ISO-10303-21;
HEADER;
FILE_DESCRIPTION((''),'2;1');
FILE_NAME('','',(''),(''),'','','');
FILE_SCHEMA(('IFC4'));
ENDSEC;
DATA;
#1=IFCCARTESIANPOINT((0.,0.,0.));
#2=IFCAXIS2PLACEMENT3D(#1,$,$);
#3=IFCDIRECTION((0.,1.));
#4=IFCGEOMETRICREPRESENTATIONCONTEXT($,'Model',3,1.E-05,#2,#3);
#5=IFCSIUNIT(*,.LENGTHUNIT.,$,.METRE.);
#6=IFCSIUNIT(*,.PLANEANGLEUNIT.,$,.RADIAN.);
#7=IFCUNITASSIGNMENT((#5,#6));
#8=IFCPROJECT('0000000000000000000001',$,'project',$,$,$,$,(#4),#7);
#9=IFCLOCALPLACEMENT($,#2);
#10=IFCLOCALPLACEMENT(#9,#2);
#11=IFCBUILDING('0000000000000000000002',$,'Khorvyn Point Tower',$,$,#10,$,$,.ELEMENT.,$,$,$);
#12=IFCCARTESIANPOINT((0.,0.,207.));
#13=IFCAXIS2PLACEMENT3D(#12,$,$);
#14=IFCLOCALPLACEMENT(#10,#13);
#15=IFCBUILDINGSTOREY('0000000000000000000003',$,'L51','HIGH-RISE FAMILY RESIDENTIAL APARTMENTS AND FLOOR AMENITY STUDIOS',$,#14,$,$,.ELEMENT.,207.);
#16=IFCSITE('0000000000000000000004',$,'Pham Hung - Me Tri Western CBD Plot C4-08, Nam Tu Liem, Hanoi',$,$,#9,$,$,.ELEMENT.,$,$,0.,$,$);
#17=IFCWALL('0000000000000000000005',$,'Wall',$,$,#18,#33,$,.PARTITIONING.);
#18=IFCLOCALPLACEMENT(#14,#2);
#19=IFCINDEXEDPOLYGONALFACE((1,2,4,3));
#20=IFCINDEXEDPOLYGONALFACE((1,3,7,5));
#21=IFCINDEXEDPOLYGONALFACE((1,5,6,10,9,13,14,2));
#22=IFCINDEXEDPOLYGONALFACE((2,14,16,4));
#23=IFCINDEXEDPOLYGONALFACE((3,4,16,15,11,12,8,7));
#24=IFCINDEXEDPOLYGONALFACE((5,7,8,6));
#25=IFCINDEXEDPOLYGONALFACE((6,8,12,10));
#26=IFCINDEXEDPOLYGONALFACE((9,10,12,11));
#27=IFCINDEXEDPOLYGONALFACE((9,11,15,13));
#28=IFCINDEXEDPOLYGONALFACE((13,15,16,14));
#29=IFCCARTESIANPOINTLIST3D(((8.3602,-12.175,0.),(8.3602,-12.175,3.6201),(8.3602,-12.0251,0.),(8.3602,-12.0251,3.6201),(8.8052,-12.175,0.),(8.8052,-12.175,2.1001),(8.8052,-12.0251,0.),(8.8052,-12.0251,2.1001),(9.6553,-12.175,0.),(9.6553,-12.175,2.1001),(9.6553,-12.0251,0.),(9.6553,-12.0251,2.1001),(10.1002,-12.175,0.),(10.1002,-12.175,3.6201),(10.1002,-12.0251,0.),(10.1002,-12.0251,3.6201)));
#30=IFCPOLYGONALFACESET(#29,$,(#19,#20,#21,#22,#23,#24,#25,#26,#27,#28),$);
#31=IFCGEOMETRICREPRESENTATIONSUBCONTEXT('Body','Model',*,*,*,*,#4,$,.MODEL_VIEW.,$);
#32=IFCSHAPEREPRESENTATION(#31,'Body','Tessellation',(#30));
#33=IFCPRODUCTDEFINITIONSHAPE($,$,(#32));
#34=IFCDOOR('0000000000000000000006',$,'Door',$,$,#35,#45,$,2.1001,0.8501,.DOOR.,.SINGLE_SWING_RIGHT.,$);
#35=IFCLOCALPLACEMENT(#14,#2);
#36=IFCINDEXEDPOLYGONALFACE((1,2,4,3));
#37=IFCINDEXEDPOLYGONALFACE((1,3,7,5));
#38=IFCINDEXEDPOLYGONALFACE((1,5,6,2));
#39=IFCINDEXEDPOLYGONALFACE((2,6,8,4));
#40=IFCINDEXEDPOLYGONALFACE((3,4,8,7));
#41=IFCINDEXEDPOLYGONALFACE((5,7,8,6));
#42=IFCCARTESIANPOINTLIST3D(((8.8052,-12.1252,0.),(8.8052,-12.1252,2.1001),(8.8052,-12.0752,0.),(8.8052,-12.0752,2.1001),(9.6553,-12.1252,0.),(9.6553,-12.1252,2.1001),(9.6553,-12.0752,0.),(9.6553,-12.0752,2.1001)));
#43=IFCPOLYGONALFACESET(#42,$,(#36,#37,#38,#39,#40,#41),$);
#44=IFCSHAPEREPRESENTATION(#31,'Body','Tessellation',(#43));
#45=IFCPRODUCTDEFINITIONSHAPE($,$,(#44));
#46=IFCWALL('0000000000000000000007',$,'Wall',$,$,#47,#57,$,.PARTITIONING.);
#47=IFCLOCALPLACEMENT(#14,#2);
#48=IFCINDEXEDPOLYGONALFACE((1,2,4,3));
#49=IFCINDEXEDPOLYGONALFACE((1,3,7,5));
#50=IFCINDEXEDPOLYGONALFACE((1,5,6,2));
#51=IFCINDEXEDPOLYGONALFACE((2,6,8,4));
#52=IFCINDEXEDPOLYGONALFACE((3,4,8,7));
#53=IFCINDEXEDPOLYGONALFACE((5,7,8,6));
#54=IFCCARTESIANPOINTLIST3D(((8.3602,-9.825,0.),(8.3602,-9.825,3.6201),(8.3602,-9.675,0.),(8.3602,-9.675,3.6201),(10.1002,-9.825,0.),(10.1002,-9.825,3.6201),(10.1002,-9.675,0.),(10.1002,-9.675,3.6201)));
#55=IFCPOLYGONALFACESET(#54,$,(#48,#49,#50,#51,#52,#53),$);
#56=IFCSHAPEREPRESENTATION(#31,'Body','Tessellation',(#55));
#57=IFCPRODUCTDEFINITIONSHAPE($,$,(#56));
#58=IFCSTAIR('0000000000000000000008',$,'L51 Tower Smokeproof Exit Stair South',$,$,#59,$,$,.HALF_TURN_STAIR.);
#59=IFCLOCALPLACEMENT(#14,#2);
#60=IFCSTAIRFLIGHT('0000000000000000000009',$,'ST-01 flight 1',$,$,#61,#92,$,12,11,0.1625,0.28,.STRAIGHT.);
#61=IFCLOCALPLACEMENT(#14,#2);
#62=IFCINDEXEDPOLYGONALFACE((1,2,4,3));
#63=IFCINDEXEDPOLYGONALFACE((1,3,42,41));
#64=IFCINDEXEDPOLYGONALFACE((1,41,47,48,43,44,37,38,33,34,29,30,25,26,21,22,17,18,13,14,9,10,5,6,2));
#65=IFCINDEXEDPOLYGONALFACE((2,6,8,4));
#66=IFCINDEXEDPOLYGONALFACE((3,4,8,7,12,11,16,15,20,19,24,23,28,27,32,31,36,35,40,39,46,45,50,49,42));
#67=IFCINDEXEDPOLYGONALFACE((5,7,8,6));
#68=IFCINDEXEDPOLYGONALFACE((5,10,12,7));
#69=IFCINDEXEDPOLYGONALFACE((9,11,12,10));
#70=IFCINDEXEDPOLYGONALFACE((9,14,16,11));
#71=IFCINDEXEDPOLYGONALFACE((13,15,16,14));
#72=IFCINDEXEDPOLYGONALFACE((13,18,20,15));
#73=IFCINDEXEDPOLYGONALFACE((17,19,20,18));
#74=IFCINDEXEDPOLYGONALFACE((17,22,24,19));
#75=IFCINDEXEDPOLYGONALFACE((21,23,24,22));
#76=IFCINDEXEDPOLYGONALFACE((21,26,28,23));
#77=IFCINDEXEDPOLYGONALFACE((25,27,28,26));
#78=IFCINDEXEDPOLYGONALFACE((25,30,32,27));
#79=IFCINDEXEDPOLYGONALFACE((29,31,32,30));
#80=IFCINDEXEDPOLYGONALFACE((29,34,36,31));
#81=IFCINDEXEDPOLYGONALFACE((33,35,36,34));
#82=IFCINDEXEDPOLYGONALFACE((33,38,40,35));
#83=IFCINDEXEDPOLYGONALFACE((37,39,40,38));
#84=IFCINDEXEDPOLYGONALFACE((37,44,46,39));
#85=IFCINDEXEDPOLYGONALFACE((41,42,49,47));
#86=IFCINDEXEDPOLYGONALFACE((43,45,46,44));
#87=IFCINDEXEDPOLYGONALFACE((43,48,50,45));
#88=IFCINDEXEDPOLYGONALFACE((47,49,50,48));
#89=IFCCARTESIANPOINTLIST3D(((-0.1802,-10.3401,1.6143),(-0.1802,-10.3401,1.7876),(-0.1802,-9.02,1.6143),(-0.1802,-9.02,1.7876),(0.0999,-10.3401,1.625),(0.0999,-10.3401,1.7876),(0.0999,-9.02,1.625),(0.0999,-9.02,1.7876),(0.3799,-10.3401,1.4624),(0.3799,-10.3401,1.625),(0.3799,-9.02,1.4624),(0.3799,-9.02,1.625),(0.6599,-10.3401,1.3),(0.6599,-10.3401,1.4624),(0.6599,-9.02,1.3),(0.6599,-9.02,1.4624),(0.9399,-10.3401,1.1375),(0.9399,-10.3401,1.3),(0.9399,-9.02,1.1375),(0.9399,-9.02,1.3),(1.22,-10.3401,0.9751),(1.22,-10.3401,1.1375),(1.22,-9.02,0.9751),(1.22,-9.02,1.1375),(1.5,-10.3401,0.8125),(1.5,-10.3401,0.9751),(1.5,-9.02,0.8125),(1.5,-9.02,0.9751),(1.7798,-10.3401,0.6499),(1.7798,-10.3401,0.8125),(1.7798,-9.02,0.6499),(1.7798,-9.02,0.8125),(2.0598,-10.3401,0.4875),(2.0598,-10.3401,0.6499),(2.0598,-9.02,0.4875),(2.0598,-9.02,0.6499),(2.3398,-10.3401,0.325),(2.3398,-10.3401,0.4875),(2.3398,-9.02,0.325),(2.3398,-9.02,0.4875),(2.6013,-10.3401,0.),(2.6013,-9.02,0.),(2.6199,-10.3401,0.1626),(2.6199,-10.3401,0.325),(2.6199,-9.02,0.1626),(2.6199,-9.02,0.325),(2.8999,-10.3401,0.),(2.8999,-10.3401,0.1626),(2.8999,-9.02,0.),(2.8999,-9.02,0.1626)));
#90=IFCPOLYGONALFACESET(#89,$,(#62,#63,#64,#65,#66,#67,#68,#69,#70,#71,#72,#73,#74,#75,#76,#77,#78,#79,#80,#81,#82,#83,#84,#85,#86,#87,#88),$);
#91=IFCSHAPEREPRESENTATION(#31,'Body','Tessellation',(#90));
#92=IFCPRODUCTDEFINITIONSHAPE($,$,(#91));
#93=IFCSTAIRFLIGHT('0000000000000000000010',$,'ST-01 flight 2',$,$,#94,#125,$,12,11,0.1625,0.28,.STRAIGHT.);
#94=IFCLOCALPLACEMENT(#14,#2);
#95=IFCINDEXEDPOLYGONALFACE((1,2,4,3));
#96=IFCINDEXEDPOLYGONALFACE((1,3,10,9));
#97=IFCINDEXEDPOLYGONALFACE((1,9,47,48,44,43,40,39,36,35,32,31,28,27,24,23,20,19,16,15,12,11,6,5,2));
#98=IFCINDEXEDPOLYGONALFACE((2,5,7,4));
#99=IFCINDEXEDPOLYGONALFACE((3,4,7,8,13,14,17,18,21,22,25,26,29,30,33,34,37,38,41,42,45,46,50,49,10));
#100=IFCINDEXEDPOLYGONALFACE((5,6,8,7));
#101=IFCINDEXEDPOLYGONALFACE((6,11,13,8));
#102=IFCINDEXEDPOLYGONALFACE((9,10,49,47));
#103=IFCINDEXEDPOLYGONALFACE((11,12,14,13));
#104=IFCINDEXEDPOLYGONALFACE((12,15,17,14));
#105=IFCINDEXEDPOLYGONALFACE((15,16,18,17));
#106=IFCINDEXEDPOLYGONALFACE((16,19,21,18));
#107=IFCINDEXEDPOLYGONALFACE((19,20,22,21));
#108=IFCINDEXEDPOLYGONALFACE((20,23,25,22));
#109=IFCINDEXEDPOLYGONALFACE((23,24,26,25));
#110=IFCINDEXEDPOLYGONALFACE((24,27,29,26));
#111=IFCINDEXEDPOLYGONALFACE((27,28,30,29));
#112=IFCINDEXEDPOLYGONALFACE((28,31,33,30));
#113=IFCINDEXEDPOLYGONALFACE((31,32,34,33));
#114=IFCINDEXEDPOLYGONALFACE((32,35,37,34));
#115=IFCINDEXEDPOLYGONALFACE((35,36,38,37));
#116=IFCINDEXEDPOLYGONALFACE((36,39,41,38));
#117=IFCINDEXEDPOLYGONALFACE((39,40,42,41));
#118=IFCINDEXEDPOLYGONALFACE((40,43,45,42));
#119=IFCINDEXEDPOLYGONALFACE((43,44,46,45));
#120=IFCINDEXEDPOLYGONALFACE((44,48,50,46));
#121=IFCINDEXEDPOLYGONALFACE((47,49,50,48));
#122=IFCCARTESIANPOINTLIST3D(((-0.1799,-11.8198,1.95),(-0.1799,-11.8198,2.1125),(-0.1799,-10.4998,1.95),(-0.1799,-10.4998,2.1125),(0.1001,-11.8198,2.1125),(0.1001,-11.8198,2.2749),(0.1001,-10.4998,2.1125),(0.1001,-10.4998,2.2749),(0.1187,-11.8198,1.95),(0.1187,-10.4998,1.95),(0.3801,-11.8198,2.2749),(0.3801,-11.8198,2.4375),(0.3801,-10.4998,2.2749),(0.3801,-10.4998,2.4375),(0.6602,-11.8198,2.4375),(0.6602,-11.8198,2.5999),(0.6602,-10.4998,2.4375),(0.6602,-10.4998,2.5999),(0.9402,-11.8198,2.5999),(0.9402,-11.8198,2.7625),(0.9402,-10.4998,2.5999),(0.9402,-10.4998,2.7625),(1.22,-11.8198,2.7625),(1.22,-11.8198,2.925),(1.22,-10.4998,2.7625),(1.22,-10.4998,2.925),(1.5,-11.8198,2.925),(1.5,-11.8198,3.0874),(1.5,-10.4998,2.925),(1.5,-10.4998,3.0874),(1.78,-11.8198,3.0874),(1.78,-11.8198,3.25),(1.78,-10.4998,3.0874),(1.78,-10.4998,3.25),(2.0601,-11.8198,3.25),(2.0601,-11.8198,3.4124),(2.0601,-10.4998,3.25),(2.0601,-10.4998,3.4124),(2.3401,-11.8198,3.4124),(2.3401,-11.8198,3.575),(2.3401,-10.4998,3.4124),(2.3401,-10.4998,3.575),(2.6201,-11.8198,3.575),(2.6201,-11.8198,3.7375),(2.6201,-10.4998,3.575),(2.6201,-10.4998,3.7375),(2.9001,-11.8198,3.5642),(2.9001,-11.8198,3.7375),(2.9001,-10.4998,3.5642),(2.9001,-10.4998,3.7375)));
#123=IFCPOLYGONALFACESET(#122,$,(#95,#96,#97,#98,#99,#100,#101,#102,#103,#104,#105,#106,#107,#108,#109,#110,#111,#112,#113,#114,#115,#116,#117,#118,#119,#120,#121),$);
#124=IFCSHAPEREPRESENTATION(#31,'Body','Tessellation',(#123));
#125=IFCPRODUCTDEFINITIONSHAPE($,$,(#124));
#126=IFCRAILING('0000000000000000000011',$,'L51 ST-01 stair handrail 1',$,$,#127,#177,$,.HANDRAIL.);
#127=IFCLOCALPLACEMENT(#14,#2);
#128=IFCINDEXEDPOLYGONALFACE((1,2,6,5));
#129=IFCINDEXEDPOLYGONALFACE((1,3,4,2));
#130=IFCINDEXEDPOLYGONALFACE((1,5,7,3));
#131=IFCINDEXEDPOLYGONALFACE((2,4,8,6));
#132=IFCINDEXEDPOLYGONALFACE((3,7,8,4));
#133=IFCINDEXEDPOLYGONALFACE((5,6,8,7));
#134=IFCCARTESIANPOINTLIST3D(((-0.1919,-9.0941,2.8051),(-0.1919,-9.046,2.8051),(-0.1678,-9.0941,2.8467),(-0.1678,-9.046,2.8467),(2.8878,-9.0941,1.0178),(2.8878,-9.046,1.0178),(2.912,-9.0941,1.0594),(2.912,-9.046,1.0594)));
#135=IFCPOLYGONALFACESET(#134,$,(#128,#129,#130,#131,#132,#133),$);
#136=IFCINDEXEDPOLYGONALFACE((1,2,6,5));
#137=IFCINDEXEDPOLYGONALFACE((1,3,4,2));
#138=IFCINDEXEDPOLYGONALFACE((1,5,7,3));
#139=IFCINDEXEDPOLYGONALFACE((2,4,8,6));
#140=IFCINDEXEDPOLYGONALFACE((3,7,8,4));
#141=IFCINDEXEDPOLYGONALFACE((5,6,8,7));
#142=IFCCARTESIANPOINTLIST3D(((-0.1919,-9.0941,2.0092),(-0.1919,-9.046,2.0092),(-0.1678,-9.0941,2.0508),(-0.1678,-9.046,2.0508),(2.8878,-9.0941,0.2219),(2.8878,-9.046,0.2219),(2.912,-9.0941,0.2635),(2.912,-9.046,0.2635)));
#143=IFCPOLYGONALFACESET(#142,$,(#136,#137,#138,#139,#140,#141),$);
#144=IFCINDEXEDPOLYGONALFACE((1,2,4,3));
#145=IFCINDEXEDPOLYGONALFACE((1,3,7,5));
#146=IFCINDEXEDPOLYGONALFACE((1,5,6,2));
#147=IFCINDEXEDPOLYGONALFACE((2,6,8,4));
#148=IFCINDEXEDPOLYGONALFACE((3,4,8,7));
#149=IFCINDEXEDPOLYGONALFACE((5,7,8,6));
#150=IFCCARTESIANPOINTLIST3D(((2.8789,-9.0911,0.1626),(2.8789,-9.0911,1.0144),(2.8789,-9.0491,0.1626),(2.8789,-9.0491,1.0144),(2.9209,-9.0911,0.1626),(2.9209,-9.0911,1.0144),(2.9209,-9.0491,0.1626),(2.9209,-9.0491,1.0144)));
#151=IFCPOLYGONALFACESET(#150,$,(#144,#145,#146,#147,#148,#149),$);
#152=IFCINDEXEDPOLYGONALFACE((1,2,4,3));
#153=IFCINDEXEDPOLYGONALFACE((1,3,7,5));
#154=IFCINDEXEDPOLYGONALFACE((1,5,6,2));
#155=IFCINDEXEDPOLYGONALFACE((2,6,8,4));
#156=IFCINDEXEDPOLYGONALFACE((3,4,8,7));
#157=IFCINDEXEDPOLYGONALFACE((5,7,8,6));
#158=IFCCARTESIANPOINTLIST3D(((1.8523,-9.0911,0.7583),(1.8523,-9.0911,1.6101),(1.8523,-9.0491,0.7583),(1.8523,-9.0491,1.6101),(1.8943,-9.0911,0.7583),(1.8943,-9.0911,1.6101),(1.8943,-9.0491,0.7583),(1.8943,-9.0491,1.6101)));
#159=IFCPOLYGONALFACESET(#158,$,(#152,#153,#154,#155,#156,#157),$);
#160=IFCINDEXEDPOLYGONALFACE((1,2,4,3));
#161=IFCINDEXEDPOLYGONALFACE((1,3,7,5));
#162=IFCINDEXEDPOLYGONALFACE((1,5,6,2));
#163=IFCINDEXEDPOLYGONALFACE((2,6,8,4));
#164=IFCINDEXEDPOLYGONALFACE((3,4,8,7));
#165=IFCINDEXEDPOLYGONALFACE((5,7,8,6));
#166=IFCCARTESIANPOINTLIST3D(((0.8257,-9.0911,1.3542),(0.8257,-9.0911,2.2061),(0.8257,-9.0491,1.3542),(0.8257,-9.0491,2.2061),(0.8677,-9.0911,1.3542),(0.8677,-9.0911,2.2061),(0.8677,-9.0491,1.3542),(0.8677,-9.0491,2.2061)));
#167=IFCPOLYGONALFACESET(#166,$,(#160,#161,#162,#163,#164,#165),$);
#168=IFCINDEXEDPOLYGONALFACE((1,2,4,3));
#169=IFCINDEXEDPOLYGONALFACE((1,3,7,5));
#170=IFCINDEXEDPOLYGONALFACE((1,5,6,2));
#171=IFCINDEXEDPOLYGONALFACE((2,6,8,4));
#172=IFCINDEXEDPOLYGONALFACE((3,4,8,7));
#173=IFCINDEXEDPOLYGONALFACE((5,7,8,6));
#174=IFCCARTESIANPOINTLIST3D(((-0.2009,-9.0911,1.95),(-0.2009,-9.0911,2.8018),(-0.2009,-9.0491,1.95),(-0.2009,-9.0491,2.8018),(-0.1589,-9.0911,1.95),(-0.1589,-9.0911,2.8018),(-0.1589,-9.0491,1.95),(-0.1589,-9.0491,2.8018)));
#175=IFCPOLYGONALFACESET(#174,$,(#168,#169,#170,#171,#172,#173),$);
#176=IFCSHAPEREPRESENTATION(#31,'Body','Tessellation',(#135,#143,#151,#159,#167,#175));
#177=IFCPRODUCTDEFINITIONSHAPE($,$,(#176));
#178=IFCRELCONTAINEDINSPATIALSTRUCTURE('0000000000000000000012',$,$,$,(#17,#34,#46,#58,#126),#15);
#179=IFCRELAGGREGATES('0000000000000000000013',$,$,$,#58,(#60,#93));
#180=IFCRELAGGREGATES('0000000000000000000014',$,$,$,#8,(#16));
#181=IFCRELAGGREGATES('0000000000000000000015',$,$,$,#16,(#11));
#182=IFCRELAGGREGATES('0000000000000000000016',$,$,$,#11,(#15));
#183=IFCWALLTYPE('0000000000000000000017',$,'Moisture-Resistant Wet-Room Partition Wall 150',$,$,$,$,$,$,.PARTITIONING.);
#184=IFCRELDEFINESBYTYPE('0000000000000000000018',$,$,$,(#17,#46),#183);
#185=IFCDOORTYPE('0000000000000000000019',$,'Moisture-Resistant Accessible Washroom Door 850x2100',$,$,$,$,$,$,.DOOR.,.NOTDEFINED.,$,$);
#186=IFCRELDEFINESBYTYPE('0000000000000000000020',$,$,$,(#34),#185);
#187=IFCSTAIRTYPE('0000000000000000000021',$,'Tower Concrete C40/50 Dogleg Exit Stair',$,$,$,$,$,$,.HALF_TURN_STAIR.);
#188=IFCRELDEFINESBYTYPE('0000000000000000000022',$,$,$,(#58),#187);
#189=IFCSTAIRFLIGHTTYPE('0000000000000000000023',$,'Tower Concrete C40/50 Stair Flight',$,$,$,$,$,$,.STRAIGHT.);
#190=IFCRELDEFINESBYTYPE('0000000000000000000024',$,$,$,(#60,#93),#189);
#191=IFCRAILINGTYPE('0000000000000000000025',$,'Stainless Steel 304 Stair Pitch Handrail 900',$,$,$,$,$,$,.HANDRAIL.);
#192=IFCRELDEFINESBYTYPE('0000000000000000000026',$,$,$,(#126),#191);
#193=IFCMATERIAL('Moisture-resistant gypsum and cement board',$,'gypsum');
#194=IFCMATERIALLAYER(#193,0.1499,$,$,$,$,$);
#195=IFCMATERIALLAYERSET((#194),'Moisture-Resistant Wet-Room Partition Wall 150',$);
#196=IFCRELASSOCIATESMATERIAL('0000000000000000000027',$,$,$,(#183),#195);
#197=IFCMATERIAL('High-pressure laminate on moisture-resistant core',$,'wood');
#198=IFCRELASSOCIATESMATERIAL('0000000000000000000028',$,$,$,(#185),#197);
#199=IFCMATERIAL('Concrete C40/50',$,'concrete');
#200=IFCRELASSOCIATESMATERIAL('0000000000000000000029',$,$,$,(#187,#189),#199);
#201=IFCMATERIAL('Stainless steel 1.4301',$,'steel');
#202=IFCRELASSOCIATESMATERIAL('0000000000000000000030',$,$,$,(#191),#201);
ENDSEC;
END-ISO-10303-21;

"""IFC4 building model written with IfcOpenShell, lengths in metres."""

from ifc_helpers import new_model, si_unit, direction, frame, frame_2d, origin, origin_2d, place, context, subcontext, project, spatial, polyline, rectangle, outline, extrude, material, layer, layer_set, type_object, element, fill, aggregate, save


model = new_model("IFC4")

# Units and contexts
model_context = context("Model", 3, precision=1e-05, world=origin(), true_north=direction((0.0, 1.0)))
body_context = subcontext(model_context, "Body", "Model", "MODEL_VIEW")
ifc_project = project(units=[si_unit("LENGTHUNIT", "METRE"), si_unit("PLANEANGLEUNIT", "RADIAN")], contexts=[model_context])

# Site, building, storey
site_placement = place(None, origin())
site = spatial("IfcSite", under=ifc_project, at=site_placement, Name="Pham Hung - Me Tri Western CBD Plot C4-08, Nam Tu Liem, Hanoi", CompositionType="ELEMENT", RefElevation=0.0)
building_placement = place(site_placement, origin())
building = spatial("IfcBuilding", under=site, at=building_placement, Name="Khorvyn Point Tower", CompositionType="ELEMENT")
storey_placement = place(building_placement, frame((0.0, 0.0, 207.0)))
storey = spatial("IfcBuildingStorey", under=building, at=storey_placement, Name="L51", Description="HIGH-RISE FAMILY RESIDENTIAL APARTMENTS AND FLOOR AMENITY STUDIOS", CompositionType="ELEMENT", Elevation=207.0)

# Shared definitions
ifc_material_1 = material(Name="Concrete C40/50", Category="concrete")

# Wall, opening, door
ifc_material_2 = material(Name="Moisture-resistant gypsum and cement board", Category="gypsum")
ifc_layer_1 = layer(ifc_material_2, 0.1499)
ifc_layer_set_1 = layer_set([ifc_layer_1], Name="Moisture-Resistant Wet-Room Partition Wall 150")
wall_type_1 = type_object("IfcWallType", Name="Moisture-Resistant Wet-Room Partition Wall 150", PredefinedType="PARTITIONING", material=ifc_layer_set_1)
wall_1_placement = place(storey_placement, frame((8.3601, -12.1001, 0.0), z_axis=(0.0, 0.0, 1.0), x_axis=(1.0, 0.0, 0.0)))
wall_1 = element("IfcWall", 1, at=wall_1_placement, inside=storey, type_object=wall_type_1, Name="Wall", PredefinedType="PARTITIONING", context=body_context, shape_type="SweptSolid", body=[
    extrude(rectangle(XDim=1.74, YDim=0.1499, at=frame_2d((0.8701, 0.0))), origin(), (0.0, 0.0, 1.0), 3.6201),
])
opening_1_placement = place(wall_1_placement, frame((0.4451, 0.0, 0.0)))
opening_1 = element("IfcOpeningElement", 2, at=opening_1_placement, cuts=wall_1, PredefinedType="OPENING", context=body_context, shape_type="SweptSolid", body=[
    extrude(rectangle(XDim=0.8501, YDim=2.1001, at=frame_2d((0.425, 1.05))), frame((0.0, 0.085, 0.0), z_axis=(0.0, -1.0, 0.0), x_axis=(1.0, 0.0, 0.0)), (0.0, 0.0, 1.0), 0.1699),
])
ifc_material_3 = material(Name="High-pressure laminate on moisture-resistant core", Category="wood")
door_type_1 = type_object("IfcDoorType", Name="Moisture-Resistant Accessible Washroom Door 850x2100", OperationType="NOTDEFINED", PredefinedType="DOOR", material=ifc_material_3)
door_1_placement = place(opening_1_placement, origin())
door_1 = element("IfcDoor", 3, at=door_1_placement, inside=storey, type_object=door_type_1, Name="Door", OperationType="SINGLE_SWING_RIGHT", OverallHeight=2.1001, OverallWidth=0.8501, PredefinedType="DOOR", context=body_context, shape_type="SweptSolid", body=[
    extrude(rectangle(XDim=0.8501, YDim=2.1001, at=frame_2d((0.425, 1.05))), frame((0.0, 0.0249, 0.0), z_axis=(0.0, -1.0, 0.0), x_axis=(1.0, 0.0, 0.0)), (0.0, 0.0, 1.0), 0.05),
])
fill(opening_1, door_1)

# Wall
wall_2_placement = place(storey_placement, frame((8.3601, -9.75, 0.0), z_axis=(0.0, 0.0, 1.0), x_axis=(1.0, 0.0, 0.0)))
element("IfcWall", 4, at=wall_2_placement, inside=storey, type_object=wall_type_1, Name="Wall", PredefinedType="PARTITIONING", context=body_context, shape_type="SweptSolid", body=[
    extrude(rectangle(XDim=1.74, YDim=0.1499, at=frame_2d((0.8701, 0.0))), origin(), (0.0, 0.0, 1.0), 3.6201),
])

# Stair, stair flights
stair_type = type_object("IfcStairType", Name="Tower Concrete C40/50 Dogleg Exit Stair", PredefinedType="HALF_TURN_STAIR", material=ifc_material_1)
stair_placement = place(storey_placement, origin())
stair = element("IfcStair", 5, at=stair_placement, inside=storey, type_object=stair_type, Name="L51 Tower Smokeproof Exit Stair South", PredefinedType="HALF_TURN_STAIR")
stair_flight_type = type_object("IfcStairFlightType", Name="Tower Concrete C40/50 Stair Flight", PredefinedType="STRAIGHT", material=ifc_material_1)
stair_flight_1_placement = place(storey_placement, frame((2.8999, -9.6799, 0.0), z_axis=(0.0, 0.0, 1.0), x_axis=(-1.0, 0.0, 0.0)))
stair_flight_1 = element("IfcStairFlight", 6, at=stair_flight_1_placement, type_object=stair_flight_type, Name="ST-01 flight 1", NumberOfRisers=12, NumberOfTreads=11, PredefinedType="STRAIGHT", RiserHeight=0.1625, TreadLength=0.28, context=body_context, shape_type="SweptSolid", body=[
    extrude(outline(polyline([(0.0, 0.0), (0.0, 0.1626), (0.28, 0.1626), (0.28, 0.325), (0.5601, 0.325), (0.5601, 0.4875), (0.8401, 0.4875), (0.8401, 0.6499), (1.1201, 0.6499), (1.1201, 0.8125), (1.3999, 0.8125), (1.3999, 0.9751), (1.6799, 0.9751), (1.6799, 1.1375), (1.96, 1.1375), (1.96, 1.3), (2.24, 1.3), (2.24, 1.4624), (2.52, 1.4624), (2.52, 1.625), (2.8, 1.625), (2.8, 1.7876), (3.0801, 1.7876), (3.0801, 1.95), (3.0801, 1.6143), (0.2986, 0.0), (0.0, 0.0)])), frame((0.0, 0.6602, 0.0), z_axis=(0.0, -1.0, 0.0), x_axis=(1.0, 0.0, 0.0)), (0.0, 0.0, 1.0), 1.3201),
])
stair_flight_2_placement = place(storey_placement, frame((-0.1799, -11.1599, 1.95), z_axis=(0.0, 0.0, 1.0), x_axis=(1.0, 0.0, 0.0)))
stair_flight_2 = element("IfcStairFlight", 7, at=stair_flight_2_placement, type_object=stair_flight_type, Name="ST-01 flight 2", NumberOfRisers=12, NumberOfTreads=11, PredefinedType="STRAIGHT", RiserHeight=0.1625, TreadLength=0.28, context=body_context, shape_type="SweptSolid", body=[
    extrude(outline(polyline([(0.0, 0.0), (0.0, 0.1626), (0.28, 0.1626), (0.28, 0.325), (0.5601, 0.325), (0.5601, 0.4875), (0.8401, 0.4875), (0.8401, 0.6499), (1.1201, 0.6499), (1.1201, 0.8125), (1.3999, 0.8125), (1.3999, 0.9751), (1.6799, 0.9751), (1.6799, 1.1375), (1.96, 1.1375), (1.96, 1.3), (2.24, 1.3), (2.24, 1.4624), (2.52, 1.4624), (2.52, 1.625), (2.8, 1.625), (2.8, 1.7876), (3.0801, 1.7876), (3.0801, 1.95), (3.0801, 1.6143), (0.2986, 0.0), (0.0, 0.0)])), frame((0.0, 0.6602, 0.0), z_axis=(0.0, -1.0, 0.0), x_axis=(1.0, 0.0, 0.0)), (0.0, 0.0, 1.0), 1.3201),
])
aggregate(stair, [stair_flight_1, stair_flight_2])

# Railing
ifc_material_4 = material(Name="Stainless steel 1.4301", Category="steel")
railing_type_1 = type_object("IfcRailingType", Name="Stainless Steel 304 Stair Pitch Handrail 900", PredefinedType="HANDRAIL", material=ifc_material_4)
railing_1_placement = place(storey_placement, frame((2.8999, -9.0701, 0.1626)))
element("IfcRailing", 8, at=railing_1_placement, inside=storey, type_object=railing_type_1, Name="L51 ST-01 stair handrail 1", PredefinedType="HANDRAIL", context=body_context, shape_type="SweptSolid", body=[
    extrude(rectangle(XDim=0.0481, YDim=0.0481, at=origin_2d()), frame((0.0, 0.0, 0.876), z_axis=(-0.864903, 0.0, 0.501939), x_axis=(0.0, -1.0, 0.0)), (0.0, 0.0, 1.0), 3.5608),
    extrude(rectangle(XDim=0.0481, YDim=0.0481, at=origin_2d()), frame((0.0, 0.0, 0.0801), z_axis=(-0.864903, 0.0, 0.501939), x_axis=(0.0, -1.0, 0.0)), (0.0, 0.0, 1.0), 3.5608),
    extrude(rectangle(XDim=0.042, YDim=0.042, at=origin_2d()), origin(), (0.0, 0.0, 1.0), 0.8518),
    extrude(rectangle(XDim=0.042, YDim=0.042, at=origin_2d()), frame((-1.0266, 0.0, 0.5957)), (0.0, 0.0, 1.0), 0.8518),
    extrude(rectangle(XDim=0.042, YDim=0.042, at=origin_2d()), frame((-2.0532, 0.0, 1.1917)), (0.0, 0.0, 1.0), 0.8518),
    extrude(rectangle(XDim=0.042, YDim=0.042, at=origin_2d()), frame((-3.0798, 0.0, 1.7874)), (0.0, 0.0, 1.0), 0.8518),
])

save(model, "model.ifc")
